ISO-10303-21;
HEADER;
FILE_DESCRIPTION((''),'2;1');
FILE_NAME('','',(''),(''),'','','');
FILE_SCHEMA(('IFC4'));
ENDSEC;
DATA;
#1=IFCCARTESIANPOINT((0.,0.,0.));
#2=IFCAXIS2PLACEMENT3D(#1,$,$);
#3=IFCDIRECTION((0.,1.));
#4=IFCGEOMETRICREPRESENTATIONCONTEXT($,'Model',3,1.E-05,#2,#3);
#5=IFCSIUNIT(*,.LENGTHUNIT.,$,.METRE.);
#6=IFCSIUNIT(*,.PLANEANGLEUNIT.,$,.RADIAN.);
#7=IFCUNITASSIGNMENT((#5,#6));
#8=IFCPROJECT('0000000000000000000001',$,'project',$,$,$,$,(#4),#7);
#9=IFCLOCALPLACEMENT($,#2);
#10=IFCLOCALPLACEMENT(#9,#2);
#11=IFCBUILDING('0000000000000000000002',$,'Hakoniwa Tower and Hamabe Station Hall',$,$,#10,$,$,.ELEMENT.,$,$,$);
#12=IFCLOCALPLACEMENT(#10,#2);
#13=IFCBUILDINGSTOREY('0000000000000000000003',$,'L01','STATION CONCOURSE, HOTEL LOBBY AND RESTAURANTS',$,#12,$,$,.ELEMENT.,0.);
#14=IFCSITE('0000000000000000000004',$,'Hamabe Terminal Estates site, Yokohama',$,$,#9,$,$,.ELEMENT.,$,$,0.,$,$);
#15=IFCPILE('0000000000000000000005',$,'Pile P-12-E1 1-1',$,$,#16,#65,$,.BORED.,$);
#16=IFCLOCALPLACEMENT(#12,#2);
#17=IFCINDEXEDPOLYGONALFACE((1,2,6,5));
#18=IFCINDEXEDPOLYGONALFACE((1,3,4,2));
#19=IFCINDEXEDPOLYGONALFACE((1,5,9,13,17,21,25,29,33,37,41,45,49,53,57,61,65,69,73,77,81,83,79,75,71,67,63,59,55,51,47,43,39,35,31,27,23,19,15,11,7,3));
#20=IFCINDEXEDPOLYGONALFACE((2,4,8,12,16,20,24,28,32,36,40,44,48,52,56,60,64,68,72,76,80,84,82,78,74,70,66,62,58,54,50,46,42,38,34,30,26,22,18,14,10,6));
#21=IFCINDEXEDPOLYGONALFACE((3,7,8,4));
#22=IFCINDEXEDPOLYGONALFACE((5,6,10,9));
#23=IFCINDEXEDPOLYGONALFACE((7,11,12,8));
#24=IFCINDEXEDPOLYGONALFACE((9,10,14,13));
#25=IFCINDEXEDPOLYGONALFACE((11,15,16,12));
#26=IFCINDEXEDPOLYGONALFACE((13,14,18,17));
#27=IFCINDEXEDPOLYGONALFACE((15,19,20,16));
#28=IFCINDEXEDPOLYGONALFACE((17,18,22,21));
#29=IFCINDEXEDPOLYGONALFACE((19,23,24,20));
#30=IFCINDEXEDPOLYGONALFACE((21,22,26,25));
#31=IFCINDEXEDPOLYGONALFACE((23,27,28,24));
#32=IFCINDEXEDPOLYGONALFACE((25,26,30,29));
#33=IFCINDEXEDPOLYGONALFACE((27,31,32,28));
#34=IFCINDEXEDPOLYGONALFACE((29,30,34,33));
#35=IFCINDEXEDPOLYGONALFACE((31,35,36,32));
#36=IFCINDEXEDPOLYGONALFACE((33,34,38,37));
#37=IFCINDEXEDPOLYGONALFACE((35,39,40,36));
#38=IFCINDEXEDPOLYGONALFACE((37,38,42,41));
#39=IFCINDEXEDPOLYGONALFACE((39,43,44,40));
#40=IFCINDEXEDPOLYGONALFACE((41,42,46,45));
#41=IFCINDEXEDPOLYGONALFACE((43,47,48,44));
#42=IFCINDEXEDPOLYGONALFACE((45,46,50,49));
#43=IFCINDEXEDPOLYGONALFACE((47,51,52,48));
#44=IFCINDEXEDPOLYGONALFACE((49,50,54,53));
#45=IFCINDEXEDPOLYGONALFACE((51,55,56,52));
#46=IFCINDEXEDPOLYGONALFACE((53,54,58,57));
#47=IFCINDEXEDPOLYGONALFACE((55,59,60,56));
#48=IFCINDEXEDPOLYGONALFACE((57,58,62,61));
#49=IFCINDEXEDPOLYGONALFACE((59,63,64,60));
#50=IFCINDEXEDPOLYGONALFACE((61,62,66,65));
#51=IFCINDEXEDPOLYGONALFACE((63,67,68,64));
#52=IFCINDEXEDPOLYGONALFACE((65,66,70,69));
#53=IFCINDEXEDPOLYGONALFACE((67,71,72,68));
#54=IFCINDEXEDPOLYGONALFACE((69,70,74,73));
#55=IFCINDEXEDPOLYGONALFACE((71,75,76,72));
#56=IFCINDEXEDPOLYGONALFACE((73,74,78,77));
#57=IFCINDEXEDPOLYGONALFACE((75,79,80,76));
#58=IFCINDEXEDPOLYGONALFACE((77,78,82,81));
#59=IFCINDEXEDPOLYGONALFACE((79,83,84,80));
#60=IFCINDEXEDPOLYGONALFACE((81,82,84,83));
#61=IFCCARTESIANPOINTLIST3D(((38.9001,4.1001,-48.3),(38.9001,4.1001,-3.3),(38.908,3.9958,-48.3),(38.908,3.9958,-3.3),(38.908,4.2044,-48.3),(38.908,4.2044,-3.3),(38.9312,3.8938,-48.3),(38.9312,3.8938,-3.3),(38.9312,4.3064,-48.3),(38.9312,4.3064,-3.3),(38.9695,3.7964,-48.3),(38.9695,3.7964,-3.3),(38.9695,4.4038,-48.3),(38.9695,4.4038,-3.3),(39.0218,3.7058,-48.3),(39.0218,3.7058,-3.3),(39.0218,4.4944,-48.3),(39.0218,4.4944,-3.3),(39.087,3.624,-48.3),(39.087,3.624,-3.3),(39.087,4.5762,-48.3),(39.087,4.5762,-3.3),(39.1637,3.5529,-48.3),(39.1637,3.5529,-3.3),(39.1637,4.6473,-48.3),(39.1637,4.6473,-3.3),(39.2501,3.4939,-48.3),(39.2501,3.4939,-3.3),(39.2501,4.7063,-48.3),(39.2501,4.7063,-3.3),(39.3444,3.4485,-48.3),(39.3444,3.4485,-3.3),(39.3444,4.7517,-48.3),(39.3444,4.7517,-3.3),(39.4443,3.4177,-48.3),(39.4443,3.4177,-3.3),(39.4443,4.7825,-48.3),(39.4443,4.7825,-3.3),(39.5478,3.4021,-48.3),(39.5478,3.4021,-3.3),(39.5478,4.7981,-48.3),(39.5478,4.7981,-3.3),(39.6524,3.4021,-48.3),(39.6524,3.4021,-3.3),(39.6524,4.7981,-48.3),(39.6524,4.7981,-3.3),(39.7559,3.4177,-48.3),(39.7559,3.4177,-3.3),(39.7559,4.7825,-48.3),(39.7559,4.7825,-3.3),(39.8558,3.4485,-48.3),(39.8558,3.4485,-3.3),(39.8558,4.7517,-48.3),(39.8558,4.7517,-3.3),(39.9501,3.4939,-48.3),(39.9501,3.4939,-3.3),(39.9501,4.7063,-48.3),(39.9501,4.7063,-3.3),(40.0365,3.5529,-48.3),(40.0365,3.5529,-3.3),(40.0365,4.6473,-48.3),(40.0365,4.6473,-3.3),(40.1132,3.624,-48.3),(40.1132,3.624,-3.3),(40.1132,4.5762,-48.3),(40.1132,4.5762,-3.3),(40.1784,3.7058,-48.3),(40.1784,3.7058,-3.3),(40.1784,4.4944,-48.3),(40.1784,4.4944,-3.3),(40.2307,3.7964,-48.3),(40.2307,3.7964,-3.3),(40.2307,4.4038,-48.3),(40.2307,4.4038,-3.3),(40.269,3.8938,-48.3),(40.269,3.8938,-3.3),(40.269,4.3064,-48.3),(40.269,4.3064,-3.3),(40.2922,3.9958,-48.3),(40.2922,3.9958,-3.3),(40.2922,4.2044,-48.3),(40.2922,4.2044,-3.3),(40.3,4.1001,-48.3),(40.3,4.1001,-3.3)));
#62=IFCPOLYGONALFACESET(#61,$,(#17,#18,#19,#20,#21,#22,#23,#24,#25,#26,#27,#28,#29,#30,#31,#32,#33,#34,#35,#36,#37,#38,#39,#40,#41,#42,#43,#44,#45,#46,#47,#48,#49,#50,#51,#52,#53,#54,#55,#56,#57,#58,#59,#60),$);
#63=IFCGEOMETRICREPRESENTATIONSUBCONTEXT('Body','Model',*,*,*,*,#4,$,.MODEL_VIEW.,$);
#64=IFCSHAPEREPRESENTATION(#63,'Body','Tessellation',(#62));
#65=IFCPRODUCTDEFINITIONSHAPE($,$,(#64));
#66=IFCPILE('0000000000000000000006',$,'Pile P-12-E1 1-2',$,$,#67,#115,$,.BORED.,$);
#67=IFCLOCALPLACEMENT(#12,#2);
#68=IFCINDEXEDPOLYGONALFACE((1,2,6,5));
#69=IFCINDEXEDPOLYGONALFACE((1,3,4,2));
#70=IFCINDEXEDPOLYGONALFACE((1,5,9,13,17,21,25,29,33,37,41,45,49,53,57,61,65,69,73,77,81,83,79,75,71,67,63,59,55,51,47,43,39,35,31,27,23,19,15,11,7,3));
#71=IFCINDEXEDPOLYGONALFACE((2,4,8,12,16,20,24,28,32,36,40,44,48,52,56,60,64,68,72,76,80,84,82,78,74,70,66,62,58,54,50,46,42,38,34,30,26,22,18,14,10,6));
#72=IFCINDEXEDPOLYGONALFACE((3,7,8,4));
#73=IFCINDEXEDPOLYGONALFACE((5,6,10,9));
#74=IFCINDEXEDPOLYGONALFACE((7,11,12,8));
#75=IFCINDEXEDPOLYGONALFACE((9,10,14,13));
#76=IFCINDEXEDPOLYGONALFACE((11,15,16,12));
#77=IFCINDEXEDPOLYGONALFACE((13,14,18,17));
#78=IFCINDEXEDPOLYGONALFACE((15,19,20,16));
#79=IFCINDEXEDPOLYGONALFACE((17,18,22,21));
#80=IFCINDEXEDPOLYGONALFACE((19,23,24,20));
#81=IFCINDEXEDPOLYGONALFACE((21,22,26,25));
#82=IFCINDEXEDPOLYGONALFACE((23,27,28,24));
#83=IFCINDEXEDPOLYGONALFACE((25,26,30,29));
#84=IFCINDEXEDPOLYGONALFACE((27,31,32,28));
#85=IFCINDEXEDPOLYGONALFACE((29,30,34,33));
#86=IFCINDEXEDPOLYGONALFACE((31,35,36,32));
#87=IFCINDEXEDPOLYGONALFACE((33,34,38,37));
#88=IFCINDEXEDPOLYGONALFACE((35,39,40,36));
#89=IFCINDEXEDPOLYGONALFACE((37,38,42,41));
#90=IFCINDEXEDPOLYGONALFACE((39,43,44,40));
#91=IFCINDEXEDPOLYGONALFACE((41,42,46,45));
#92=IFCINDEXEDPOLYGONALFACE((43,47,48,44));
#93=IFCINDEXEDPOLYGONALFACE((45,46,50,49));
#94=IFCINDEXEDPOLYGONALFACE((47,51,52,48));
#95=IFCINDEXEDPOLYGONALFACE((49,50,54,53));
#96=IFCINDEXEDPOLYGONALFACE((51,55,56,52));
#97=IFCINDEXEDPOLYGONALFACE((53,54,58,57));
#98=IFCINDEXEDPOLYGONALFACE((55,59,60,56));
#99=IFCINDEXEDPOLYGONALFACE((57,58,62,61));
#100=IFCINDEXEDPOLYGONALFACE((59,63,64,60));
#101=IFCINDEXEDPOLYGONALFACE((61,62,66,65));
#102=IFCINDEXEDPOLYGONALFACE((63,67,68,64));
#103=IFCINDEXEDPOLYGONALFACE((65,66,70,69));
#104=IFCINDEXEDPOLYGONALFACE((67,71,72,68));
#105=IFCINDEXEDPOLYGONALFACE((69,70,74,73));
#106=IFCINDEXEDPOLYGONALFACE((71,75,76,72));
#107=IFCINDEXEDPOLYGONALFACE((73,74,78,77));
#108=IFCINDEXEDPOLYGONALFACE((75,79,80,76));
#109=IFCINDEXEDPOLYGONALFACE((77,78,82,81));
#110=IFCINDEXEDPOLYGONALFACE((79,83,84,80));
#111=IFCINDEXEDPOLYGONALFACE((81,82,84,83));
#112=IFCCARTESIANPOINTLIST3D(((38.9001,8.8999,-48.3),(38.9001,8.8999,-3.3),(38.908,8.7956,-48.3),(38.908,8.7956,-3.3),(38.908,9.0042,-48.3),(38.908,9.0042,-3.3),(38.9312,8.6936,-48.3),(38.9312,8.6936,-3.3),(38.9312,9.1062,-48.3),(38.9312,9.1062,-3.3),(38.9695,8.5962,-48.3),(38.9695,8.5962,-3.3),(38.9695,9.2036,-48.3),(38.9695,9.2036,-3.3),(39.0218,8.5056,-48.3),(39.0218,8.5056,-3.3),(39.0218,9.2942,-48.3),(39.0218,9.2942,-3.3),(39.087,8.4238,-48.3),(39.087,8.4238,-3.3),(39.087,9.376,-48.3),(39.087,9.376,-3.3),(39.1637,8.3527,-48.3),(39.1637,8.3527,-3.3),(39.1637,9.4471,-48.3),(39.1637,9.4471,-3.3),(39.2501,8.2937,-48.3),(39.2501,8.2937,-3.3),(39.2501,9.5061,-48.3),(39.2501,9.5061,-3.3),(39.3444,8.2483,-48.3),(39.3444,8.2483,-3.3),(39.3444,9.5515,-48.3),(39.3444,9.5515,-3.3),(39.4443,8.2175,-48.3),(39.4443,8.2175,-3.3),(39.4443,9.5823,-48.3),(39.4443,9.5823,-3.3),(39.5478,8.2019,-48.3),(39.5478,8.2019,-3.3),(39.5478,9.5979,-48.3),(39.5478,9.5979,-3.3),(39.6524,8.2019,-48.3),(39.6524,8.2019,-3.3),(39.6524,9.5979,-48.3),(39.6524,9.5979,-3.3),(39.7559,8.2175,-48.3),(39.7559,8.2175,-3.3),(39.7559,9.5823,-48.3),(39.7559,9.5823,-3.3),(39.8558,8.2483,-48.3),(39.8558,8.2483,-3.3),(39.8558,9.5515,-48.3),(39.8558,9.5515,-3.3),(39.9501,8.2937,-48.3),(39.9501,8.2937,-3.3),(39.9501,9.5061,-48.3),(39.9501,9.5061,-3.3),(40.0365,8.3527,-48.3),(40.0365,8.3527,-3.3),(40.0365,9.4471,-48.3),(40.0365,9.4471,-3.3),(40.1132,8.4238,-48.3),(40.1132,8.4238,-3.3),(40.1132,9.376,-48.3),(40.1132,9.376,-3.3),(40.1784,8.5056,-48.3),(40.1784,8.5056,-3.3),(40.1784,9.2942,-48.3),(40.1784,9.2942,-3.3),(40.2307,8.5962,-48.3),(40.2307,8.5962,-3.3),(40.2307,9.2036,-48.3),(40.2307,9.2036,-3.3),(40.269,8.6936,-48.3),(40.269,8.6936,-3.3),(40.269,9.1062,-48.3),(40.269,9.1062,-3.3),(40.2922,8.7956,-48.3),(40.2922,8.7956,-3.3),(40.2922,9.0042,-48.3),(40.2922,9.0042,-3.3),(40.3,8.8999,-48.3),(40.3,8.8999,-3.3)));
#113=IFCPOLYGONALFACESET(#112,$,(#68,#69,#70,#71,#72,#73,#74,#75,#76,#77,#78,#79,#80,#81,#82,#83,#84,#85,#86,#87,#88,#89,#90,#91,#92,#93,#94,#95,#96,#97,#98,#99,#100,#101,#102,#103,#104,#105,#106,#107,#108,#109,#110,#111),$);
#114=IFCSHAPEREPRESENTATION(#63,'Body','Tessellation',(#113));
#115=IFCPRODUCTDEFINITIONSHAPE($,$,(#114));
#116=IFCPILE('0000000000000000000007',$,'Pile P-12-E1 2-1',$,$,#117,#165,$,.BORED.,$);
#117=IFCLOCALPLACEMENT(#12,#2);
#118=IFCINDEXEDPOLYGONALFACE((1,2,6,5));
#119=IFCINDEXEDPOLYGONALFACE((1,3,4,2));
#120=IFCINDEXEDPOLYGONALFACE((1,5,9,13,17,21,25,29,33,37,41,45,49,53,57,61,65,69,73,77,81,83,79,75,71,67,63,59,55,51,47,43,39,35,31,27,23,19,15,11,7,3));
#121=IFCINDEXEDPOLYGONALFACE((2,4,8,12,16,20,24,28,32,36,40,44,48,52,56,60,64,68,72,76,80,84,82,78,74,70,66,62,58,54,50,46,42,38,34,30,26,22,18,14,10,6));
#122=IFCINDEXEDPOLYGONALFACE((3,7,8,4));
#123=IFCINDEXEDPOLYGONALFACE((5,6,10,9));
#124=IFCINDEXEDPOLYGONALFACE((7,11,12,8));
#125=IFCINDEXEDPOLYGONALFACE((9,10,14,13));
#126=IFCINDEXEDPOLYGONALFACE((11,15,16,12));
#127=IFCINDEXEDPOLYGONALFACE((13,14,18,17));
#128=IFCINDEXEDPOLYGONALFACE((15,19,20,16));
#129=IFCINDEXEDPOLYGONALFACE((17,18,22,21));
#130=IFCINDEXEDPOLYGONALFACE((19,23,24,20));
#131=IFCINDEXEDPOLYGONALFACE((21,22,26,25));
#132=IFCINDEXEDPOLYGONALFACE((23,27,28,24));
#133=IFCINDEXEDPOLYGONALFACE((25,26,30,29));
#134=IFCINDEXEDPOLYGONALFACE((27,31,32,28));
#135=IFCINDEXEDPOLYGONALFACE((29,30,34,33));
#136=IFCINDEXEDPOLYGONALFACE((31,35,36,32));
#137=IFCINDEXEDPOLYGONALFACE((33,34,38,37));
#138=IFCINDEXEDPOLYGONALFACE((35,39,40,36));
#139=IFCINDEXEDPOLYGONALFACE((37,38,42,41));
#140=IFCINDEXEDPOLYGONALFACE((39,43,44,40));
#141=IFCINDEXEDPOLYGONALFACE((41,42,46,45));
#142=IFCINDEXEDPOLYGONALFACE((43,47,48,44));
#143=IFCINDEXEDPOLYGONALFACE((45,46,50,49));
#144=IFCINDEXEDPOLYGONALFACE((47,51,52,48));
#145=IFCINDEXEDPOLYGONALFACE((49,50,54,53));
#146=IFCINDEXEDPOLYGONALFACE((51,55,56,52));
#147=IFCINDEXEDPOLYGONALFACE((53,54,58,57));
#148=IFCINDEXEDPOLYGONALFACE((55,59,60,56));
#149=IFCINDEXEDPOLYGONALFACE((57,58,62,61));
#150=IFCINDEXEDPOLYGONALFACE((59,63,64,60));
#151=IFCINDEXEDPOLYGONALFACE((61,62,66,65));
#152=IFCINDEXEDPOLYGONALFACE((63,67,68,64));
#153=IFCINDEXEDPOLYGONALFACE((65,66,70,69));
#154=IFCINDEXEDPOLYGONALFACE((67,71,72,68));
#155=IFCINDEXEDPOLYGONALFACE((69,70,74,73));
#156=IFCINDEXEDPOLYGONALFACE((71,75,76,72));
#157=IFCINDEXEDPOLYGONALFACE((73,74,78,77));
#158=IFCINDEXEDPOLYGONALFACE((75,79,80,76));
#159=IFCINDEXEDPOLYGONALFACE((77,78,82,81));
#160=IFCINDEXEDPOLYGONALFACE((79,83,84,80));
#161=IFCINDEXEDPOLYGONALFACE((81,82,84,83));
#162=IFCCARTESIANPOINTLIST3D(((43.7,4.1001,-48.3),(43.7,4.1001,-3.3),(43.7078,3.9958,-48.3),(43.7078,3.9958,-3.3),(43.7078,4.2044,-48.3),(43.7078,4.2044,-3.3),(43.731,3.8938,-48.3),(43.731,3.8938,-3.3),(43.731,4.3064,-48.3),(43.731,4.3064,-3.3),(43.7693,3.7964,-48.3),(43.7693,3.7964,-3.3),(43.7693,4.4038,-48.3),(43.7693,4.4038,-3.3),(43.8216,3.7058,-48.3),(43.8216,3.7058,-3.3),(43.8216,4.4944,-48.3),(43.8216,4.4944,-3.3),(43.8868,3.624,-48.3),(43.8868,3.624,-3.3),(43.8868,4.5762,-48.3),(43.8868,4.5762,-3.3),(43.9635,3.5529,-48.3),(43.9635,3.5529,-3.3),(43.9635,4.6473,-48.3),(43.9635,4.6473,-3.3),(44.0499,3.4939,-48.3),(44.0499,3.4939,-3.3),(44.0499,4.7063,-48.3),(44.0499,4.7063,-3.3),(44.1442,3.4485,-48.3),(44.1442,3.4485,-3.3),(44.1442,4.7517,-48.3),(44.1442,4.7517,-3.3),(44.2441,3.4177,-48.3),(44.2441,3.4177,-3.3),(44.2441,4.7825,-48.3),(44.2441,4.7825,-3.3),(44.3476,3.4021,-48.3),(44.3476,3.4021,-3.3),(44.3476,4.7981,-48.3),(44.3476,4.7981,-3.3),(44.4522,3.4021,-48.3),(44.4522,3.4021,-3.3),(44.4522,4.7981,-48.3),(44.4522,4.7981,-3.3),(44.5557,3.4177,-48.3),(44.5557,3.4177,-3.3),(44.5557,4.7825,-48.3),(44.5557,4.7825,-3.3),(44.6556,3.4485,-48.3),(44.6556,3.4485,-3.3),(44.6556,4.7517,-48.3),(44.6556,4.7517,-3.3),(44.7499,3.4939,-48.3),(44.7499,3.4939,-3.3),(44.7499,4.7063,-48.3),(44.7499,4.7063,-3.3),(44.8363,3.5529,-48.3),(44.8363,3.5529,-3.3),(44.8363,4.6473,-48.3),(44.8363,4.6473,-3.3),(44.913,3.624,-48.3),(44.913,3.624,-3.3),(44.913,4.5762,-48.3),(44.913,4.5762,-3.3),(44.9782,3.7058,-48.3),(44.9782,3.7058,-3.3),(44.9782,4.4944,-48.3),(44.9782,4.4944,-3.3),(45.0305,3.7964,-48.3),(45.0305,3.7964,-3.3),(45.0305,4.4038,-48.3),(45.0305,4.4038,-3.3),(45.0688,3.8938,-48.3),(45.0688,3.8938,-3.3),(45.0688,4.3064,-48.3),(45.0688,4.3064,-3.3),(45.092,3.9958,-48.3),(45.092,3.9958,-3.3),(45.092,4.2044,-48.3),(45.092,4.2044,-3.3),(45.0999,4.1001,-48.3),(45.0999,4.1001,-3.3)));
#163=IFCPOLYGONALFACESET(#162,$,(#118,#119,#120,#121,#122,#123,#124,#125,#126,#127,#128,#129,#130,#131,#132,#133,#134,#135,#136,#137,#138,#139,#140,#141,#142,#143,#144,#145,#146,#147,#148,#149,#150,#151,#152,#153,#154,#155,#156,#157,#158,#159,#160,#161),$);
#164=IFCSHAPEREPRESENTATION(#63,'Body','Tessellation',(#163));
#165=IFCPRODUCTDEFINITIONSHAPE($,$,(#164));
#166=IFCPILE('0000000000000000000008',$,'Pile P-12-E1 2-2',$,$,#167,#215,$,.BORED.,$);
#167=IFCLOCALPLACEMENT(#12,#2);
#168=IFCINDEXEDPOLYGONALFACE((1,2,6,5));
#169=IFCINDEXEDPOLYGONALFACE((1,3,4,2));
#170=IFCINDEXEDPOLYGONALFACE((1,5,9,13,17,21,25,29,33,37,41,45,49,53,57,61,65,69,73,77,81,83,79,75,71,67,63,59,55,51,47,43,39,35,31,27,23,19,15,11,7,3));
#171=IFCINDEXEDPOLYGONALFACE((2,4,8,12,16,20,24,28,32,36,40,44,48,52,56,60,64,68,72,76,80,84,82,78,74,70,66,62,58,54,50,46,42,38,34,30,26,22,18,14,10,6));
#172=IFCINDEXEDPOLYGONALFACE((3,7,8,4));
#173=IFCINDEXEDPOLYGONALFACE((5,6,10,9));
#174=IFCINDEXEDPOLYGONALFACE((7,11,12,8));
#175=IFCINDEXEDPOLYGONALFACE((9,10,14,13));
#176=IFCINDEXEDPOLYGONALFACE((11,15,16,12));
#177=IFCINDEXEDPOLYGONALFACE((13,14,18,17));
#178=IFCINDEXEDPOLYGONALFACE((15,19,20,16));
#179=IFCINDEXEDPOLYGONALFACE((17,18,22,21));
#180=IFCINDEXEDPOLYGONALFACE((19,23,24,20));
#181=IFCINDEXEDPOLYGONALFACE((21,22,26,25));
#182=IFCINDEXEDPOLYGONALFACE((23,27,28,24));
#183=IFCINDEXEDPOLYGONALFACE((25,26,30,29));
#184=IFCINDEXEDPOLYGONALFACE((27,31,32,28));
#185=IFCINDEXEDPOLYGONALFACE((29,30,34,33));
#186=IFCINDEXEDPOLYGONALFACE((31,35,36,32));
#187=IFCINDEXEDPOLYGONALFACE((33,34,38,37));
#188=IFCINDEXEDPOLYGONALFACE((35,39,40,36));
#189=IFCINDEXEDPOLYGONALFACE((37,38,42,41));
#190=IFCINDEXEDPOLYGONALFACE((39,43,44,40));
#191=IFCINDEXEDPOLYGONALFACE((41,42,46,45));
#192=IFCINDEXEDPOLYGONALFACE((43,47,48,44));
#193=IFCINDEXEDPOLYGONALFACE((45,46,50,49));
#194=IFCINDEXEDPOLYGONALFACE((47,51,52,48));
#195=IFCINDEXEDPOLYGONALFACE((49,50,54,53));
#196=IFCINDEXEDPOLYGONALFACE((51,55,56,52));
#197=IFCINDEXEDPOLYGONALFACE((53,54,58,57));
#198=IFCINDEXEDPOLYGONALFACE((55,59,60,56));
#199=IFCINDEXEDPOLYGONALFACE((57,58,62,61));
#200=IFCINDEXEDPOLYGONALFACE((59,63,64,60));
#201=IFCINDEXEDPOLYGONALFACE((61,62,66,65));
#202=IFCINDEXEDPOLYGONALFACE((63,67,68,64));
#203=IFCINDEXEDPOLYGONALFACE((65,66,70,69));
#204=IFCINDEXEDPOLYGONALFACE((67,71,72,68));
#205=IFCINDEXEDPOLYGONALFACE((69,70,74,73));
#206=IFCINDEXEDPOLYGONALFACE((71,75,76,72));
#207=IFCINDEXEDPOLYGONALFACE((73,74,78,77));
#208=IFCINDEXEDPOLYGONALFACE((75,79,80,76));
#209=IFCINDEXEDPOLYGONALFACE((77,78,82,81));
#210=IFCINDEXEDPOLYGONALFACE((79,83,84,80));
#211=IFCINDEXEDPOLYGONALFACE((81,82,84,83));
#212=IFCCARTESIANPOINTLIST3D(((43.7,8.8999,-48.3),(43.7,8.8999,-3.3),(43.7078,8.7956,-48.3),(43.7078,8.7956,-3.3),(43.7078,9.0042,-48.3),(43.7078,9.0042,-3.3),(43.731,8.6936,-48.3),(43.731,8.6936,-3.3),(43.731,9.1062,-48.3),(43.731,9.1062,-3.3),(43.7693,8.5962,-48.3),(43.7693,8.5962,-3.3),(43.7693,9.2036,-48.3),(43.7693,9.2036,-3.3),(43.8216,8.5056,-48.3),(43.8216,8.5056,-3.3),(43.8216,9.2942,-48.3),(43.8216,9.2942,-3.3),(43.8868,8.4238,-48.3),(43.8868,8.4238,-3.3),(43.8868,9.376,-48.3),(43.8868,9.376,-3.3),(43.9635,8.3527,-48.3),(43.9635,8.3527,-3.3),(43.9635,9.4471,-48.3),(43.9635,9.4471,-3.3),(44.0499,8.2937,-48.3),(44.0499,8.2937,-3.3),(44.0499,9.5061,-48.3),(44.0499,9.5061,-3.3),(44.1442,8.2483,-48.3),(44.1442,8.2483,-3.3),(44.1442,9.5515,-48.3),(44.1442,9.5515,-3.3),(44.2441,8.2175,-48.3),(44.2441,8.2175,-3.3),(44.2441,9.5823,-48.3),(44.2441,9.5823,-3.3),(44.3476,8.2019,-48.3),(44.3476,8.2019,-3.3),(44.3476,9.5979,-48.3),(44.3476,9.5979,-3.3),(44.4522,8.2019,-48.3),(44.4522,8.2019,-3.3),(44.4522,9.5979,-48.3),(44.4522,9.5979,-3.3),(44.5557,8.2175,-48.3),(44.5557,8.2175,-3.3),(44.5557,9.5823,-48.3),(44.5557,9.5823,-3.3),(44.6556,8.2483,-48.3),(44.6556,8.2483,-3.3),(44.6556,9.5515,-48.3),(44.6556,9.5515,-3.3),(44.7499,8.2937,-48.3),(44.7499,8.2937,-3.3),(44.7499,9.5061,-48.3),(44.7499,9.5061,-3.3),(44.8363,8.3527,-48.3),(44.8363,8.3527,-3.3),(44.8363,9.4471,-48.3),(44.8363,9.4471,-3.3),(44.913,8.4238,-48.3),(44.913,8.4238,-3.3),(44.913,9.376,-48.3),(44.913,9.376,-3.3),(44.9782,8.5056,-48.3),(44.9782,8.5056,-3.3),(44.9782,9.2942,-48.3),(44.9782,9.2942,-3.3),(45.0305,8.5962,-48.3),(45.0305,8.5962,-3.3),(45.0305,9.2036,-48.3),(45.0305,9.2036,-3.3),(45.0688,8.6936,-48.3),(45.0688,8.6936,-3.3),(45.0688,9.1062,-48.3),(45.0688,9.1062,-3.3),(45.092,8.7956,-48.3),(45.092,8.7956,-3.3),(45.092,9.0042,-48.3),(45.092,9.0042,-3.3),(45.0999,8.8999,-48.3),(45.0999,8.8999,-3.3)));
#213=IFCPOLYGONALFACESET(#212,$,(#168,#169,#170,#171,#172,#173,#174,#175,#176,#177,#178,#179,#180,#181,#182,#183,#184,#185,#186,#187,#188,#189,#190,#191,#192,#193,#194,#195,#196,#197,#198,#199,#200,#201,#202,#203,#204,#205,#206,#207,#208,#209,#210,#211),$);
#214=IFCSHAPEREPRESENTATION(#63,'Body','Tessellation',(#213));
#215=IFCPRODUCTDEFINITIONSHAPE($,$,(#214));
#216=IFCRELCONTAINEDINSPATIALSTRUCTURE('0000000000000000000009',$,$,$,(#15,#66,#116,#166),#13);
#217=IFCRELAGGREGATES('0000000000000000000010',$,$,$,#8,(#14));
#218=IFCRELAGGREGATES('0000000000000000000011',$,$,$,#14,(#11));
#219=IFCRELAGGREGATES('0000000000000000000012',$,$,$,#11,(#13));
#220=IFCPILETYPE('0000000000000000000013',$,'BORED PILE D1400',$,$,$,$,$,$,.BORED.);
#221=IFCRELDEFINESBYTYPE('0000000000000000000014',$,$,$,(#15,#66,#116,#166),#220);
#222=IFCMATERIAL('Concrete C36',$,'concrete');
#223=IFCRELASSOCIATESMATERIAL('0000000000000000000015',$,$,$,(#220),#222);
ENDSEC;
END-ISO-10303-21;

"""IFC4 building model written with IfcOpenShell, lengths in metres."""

from ifc_helpers import new_model, si_unit, direction, frame, origin, origin_2d, place, context, subcontext, project, spatial, circle, extrude, material, material_profile, profile_set, type_object, element, save


model = new_model("IFC4")

# Units and contexts
model_context = context("Model", 3, precision=1e-05, world=origin(), true_north=direction((0.0, 1.0)))
body_context = subcontext(model_context, "Body", "Model", "MODEL_VIEW")
ifc_project = project(units=[si_unit("LENGTHUNIT", "METRE"), si_unit("PLANEANGLEUNIT", "RADIAN")], contexts=[model_context])

# Site, building, storey
site_placement = place(None, origin())
site = spatial("IfcSite", under=ifc_project, at=site_placement, Name="Hamabe Terminal Estates site, Yokohama", CompositionType="ELEMENT", RefElevation=0.0)
building_placement = place(site_placement, origin())
building = spatial("IfcBuilding", under=site, at=building_placement, Name="Hakoniwa Tower and Hamabe Station Hall", CompositionType="ELEMENT")
storey_placement = place(building_placement, origin())
storey = spatial("IfcBuildingStorey", under=building, at=storey_placement, Name="L01", Description="STATION CONCOURSE, HOTEL LOBBY AND RESTAURANTS", CompositionType="ELEMENT", Elevation=0.0)

# Piles
ifc_material_1 = material(Name="Concrete C36", Category="concrete")
ifc_material_profile_1 = material_profile(ifc_material_1, circle(Radius=0.7, at=origin_2d()), Name="BORED PILE D1400")
ifc_profile_set_1 = profile_set([ifc_material_profile_1], Name="Concrete C36")
pile_type = type_object("IfcPileType", Name="BORED PILE D1400", PredefinedType="BORED", material=ifc_profile_set_1)
for number, where, z_axis, x_axis, name in (
    (1, (39.6001, 4.1001, -3.3), (0.0, 0.0, -1.0), (1.0, 0.0, 0.0), "Pile P-12-E1 1-1"),
    (2, (39.6001, 8.8999, -3.3), (0.0, 0.0, -1.0), (1.0, 0.0, 0.0), "Pile P-12-E1 1-2"),
    (3, (44.3999, 4.1001, -3.3), (0.0, 0.0, -1.0), (1.0, 0.0, 0.0), "Pile P-12-E1 2-1"),
    (4, (44.3999, 8.8999, -3.3), (0.0, 0.0, -1.0), (1.0, 0.0, 0.0), "Pile P-12-E1 2-2"),
):
    element("IfcPile", number, at=place(storey_placement, frame(where, z_axis=z_axis, x_axis=x_axis)), inside=storey, type_object=pile_type, Name=name, PredefinedType="BORED", context=body_context, shape_type="SweptSolid", body=[
        extrude(circle(Radius=0.7, at=origin_2d()), origin(), (0.0, 0.0, 1.0), 45.0),
    ])

save(model, "model.ifc")
